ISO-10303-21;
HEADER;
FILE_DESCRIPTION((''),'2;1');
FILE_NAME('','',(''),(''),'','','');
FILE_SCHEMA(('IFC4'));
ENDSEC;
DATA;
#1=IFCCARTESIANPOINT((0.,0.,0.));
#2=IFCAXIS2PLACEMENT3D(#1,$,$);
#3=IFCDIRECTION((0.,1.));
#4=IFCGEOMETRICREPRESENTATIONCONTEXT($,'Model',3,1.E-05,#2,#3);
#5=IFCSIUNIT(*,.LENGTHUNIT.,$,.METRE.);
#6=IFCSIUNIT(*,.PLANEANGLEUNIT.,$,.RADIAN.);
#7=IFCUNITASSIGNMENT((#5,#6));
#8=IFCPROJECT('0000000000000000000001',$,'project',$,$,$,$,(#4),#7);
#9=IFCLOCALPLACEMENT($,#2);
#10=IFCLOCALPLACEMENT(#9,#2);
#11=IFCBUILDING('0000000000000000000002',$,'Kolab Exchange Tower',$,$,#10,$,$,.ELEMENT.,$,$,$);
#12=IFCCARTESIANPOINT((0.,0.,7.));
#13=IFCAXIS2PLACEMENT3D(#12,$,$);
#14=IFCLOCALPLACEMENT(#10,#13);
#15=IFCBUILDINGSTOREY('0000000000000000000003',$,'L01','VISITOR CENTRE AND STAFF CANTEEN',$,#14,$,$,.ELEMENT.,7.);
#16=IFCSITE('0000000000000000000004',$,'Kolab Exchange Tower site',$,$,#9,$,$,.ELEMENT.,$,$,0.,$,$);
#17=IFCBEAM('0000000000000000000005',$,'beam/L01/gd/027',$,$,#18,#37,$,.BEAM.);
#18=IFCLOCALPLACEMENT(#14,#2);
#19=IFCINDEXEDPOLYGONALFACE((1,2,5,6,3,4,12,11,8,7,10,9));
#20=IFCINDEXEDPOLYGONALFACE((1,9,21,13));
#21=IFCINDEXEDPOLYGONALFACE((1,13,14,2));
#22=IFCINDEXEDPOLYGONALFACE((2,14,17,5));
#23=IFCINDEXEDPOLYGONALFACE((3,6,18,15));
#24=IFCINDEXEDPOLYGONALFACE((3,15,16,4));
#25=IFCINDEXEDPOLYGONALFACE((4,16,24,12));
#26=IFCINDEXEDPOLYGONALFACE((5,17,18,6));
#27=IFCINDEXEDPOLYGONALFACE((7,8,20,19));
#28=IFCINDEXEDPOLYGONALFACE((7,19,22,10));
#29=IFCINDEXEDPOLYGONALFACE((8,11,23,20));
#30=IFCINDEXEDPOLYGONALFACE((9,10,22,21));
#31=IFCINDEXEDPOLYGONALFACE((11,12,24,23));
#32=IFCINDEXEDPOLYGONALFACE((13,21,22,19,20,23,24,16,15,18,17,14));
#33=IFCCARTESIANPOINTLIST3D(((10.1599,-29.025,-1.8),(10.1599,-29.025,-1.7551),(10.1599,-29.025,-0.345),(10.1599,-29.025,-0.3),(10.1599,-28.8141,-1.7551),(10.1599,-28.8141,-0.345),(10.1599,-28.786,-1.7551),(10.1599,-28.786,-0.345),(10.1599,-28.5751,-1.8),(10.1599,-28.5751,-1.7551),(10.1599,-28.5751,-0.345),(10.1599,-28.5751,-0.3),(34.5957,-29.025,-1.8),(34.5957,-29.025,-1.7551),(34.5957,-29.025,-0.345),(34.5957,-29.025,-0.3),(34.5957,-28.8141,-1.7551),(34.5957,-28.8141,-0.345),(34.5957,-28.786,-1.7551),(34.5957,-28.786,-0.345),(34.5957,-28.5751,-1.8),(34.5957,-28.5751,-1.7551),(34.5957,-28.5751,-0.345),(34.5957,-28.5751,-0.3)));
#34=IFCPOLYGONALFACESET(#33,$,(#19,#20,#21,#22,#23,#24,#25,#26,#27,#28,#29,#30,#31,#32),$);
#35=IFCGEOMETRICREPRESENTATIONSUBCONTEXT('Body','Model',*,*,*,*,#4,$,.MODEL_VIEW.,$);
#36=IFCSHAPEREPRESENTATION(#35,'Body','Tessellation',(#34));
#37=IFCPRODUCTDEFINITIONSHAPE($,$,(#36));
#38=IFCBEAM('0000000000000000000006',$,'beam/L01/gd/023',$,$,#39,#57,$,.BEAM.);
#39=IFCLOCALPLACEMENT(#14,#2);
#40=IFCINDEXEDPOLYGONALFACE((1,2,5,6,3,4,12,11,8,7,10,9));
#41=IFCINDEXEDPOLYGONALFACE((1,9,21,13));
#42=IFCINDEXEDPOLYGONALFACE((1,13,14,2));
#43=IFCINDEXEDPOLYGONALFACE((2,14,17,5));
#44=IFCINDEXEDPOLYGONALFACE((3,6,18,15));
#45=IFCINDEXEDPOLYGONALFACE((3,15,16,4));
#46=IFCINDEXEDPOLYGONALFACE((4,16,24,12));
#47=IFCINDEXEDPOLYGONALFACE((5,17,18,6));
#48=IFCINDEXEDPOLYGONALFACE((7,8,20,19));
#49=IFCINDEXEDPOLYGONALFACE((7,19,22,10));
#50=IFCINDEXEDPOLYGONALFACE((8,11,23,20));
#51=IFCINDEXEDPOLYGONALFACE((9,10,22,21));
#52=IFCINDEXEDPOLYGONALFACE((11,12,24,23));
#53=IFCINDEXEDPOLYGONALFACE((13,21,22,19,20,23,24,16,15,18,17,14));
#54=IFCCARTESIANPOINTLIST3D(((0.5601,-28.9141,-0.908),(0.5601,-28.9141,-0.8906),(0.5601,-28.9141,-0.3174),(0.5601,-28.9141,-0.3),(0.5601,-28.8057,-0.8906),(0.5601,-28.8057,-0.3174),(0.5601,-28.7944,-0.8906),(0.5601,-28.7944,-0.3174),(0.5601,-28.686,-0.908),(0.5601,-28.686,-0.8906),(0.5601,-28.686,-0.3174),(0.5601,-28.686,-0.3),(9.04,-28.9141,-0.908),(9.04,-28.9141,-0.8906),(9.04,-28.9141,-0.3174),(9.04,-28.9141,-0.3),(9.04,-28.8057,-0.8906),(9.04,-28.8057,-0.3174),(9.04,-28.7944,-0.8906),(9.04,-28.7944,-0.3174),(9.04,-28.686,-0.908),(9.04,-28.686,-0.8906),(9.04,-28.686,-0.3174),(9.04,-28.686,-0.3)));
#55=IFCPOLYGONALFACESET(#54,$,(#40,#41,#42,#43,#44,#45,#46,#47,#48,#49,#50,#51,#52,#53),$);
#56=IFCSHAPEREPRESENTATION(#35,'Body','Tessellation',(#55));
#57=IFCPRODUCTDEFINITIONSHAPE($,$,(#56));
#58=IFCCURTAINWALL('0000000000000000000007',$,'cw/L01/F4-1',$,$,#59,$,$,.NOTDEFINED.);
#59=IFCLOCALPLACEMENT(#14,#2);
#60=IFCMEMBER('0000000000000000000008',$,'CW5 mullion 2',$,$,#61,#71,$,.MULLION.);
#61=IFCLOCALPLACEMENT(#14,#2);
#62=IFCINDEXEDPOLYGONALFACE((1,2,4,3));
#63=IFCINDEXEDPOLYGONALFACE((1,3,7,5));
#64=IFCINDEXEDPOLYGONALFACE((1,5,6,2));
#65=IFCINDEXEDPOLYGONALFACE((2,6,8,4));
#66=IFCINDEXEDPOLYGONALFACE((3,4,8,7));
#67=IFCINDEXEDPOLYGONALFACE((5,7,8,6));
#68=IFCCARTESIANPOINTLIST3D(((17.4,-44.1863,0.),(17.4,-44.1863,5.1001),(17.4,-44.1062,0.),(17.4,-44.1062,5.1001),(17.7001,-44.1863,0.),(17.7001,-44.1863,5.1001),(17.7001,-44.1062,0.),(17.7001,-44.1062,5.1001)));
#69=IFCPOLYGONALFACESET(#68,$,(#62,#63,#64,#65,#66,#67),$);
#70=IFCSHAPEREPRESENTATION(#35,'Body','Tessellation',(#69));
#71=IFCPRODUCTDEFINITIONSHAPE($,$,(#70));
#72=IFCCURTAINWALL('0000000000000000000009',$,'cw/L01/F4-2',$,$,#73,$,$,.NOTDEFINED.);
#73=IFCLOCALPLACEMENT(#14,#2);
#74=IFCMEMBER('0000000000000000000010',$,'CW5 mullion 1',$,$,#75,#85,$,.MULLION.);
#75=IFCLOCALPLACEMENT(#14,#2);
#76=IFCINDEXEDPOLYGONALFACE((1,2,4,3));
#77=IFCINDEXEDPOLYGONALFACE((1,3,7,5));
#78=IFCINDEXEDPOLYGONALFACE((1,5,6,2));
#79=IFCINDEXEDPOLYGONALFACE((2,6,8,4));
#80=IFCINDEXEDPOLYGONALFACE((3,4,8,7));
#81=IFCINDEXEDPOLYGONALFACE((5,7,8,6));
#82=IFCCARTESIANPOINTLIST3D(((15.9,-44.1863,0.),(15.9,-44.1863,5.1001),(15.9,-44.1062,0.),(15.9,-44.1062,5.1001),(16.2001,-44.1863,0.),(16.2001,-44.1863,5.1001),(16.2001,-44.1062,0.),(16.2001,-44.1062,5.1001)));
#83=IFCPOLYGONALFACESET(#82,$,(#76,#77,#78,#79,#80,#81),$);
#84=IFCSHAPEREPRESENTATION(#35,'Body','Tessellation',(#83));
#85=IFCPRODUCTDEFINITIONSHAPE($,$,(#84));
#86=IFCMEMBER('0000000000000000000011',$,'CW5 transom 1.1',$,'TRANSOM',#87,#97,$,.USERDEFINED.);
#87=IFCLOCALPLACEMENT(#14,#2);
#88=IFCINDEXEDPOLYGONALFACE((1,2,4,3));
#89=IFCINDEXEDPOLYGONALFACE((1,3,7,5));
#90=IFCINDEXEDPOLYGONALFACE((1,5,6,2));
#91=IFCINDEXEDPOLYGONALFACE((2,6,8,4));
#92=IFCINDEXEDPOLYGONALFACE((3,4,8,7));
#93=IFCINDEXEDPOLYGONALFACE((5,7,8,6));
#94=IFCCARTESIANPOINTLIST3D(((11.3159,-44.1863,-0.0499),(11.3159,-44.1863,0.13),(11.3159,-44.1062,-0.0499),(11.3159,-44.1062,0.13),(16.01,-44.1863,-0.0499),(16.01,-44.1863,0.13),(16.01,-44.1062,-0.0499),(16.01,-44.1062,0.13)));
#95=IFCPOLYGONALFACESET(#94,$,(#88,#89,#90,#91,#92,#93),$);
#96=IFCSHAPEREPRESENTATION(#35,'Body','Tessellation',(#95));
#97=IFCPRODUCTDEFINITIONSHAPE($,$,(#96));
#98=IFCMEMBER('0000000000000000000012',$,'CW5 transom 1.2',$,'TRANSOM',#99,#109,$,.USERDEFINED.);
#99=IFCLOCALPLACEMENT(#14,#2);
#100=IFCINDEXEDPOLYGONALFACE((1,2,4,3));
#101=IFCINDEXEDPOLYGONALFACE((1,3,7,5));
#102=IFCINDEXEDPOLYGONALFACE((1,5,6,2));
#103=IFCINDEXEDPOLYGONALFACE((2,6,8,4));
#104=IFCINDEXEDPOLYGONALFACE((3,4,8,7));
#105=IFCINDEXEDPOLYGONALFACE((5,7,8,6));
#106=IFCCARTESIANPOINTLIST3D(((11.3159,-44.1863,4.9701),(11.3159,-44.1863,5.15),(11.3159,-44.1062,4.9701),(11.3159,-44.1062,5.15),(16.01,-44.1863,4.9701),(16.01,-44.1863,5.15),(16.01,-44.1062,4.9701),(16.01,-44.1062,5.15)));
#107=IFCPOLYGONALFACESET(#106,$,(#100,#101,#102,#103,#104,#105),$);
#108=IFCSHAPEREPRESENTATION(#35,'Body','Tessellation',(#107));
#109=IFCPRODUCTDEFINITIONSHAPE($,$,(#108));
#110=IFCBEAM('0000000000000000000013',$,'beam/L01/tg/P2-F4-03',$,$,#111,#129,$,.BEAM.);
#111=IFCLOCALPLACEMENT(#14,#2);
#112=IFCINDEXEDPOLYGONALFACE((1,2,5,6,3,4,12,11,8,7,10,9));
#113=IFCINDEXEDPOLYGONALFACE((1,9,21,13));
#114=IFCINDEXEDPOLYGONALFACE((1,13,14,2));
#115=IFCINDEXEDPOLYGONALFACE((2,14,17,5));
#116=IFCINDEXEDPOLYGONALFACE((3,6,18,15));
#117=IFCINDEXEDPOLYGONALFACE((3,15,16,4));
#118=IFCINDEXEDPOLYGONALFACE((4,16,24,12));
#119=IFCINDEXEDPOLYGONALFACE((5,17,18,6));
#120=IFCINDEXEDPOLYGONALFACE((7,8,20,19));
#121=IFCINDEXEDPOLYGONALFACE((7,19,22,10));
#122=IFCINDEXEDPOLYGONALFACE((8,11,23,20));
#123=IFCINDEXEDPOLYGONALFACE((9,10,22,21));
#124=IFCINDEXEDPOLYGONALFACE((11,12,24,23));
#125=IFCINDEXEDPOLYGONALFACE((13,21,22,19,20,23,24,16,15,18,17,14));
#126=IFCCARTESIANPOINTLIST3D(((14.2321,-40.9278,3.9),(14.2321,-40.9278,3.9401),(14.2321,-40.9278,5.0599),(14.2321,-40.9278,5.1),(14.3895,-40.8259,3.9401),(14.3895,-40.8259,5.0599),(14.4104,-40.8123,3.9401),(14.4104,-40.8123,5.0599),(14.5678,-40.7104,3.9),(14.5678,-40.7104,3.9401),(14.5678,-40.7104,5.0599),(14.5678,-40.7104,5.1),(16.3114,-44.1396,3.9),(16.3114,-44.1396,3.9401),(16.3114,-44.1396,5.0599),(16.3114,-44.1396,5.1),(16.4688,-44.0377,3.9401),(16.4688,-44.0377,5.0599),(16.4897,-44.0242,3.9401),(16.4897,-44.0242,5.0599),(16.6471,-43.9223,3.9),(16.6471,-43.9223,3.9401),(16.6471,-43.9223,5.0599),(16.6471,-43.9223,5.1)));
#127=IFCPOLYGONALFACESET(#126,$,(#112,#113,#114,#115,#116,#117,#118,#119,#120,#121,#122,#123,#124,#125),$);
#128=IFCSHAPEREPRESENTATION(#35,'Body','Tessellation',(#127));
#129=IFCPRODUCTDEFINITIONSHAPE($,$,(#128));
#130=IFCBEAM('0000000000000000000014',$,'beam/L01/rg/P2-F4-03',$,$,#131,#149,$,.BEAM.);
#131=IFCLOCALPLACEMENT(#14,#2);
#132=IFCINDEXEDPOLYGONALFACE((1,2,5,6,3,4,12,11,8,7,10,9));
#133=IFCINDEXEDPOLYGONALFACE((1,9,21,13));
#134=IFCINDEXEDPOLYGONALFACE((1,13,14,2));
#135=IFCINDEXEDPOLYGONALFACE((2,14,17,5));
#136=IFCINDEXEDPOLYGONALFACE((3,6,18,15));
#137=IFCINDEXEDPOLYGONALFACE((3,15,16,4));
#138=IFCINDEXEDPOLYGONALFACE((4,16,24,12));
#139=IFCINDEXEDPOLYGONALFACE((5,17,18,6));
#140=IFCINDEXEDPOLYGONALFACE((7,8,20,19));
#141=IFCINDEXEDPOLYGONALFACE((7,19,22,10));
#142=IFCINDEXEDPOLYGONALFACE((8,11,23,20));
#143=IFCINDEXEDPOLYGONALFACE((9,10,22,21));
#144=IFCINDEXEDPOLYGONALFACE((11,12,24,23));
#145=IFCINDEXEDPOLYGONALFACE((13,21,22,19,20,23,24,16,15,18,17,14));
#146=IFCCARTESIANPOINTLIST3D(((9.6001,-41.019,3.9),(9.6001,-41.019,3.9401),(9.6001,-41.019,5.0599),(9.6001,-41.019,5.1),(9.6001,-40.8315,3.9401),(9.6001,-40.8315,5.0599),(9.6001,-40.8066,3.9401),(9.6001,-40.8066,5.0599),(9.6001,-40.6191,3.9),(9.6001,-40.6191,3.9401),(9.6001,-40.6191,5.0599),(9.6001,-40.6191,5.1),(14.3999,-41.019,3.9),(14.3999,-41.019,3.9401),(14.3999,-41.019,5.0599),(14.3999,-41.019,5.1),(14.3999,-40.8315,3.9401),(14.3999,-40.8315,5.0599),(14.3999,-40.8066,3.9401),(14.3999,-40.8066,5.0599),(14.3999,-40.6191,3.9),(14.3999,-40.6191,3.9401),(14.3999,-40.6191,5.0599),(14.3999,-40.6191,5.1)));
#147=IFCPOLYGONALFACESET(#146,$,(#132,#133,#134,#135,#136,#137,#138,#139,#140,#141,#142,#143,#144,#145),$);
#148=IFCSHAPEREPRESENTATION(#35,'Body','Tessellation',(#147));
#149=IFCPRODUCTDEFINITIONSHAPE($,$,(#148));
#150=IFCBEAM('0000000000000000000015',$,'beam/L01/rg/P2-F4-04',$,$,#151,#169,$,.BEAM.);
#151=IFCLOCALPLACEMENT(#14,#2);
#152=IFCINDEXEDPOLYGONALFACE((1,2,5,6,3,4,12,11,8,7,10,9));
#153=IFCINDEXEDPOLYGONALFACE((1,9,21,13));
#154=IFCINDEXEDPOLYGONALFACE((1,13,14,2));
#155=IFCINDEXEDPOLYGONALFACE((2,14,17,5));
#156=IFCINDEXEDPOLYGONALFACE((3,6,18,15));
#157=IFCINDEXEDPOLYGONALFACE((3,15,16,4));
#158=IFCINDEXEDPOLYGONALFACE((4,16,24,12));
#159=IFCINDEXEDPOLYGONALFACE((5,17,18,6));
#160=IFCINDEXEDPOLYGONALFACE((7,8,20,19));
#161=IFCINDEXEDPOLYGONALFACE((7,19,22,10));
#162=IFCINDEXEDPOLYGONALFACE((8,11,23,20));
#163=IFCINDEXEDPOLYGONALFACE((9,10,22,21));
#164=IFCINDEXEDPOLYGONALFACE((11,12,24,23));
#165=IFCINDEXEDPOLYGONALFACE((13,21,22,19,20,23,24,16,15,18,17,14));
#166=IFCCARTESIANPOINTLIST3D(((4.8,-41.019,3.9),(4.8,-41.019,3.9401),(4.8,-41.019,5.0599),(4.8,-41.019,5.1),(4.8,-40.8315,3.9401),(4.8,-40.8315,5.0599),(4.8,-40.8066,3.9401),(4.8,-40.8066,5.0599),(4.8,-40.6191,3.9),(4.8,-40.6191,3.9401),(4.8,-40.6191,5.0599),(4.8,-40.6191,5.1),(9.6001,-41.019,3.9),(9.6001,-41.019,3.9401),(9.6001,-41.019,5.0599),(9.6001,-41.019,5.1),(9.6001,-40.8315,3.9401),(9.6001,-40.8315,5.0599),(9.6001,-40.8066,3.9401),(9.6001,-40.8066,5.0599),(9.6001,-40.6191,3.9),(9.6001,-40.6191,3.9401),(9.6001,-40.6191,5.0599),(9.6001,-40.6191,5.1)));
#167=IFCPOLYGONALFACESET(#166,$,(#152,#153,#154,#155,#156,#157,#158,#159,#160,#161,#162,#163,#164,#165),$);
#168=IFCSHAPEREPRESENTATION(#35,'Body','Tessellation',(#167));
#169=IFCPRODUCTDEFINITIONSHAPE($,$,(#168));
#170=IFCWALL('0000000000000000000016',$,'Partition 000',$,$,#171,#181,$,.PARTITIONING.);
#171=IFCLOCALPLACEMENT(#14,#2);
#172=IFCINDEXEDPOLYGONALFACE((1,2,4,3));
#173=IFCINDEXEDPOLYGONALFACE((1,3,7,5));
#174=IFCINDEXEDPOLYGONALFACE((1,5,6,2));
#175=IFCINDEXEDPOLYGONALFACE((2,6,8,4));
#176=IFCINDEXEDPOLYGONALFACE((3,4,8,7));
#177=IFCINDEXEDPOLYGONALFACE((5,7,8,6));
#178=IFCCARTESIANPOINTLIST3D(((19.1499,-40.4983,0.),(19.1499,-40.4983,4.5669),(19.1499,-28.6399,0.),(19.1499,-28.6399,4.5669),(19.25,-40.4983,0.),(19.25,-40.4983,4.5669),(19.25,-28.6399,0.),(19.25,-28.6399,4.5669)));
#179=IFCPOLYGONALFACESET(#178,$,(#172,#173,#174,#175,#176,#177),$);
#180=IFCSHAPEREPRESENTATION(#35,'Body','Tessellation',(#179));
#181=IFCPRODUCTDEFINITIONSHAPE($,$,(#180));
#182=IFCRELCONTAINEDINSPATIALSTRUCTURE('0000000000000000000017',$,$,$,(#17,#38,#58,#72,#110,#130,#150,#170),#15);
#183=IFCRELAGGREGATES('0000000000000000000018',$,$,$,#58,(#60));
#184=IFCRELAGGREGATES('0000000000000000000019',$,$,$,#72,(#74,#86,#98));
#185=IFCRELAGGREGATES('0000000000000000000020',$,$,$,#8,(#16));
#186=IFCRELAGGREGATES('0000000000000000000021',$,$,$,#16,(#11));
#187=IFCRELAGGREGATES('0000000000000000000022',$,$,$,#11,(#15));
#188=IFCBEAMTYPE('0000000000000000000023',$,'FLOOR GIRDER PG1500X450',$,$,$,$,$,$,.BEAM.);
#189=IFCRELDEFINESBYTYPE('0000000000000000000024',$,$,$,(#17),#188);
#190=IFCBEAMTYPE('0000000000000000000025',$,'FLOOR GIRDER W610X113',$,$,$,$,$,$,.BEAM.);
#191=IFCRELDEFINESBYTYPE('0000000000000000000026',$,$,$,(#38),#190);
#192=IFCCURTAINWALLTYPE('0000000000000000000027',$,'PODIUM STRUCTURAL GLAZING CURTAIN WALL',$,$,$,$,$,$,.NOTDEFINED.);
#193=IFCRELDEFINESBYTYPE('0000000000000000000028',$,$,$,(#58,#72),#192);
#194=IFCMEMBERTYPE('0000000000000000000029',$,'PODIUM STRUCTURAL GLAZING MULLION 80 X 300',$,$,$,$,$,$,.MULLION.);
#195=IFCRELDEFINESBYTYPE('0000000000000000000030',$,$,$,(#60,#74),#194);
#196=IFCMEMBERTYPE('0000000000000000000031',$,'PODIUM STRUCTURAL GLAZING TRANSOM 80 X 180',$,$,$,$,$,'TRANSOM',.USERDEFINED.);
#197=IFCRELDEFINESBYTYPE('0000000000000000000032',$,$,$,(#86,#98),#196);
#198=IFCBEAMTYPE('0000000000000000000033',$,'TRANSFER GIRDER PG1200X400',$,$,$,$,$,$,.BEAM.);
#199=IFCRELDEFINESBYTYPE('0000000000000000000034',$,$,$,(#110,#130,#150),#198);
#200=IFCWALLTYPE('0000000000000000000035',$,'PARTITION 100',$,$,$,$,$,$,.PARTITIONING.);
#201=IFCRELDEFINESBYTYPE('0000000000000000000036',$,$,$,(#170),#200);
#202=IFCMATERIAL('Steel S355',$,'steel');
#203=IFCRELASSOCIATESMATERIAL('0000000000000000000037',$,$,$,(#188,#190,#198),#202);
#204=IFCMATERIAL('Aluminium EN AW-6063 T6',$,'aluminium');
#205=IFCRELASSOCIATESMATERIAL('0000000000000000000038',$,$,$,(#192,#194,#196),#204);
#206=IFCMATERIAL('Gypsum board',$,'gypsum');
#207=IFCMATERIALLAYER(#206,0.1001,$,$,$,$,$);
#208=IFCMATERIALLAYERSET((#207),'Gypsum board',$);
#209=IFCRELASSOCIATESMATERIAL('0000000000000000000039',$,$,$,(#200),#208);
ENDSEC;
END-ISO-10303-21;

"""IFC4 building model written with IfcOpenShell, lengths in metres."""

from ifc_helpers import new_model, si_unit, direction, frame, frame_2d, origin, origin_2d, place, context, subcontext, project, spatial, rectangle, i_section, extrude, material, layer, layer_set, material_profile, profile_set, type_object, element, aggregate, save


model = new_model("IFC4")

# Units and contexts
model_context = context("Model", 3, precision=1e-05, world=origin(), true_north=direction((0.0, 1.0)))
body_context = subcontext(model_context, "Body", "Model", "MODEL_VIEW")
ifc_project = project(units=[si_unit("LENGTHUNIT", "METRE"), si_unit("PLANEANGLEUNIT", "RADIAN")], contexts=[model_context])

# Site, building, storey
site_placement = place(None, origin())
site = spatial("IfcSite", under=ifc_project, at=site_placement, Name="Kolab Exchange Tower site", CompositionType="ELEMENT", RefElevation=0.0)
building_placement = place(site_placement, origin())
building = spatial("IfcBuilding", under=site, at=building_placement, Name="Kolab Exchange Tower", CompositionType="ELEMENT")
storey_placement = place(building_placement, frame((0.0, 0.0, 7.0)))
storey = spatial("IfcBuildingStorey", under=building, at=storey_placement, Name="L01", Description="VISITOR CENTRE AND STAFF CANTEEN", CompositionType="ELEMENT", Elevation=7.0)

# Beams
ifc_material_1 = material(Name="Steel S355", Category="steel")
ifc_material_profile_1 = material_profile(ifc_material_1, i_section(OverallWidth=0.45, OverallDepth=1.5, WebThickness=0.0281, FlangeThickness=0.0449, at=origin_2d()), Name="PG1500X450")
ifc_profile_set_1 = profile_set([ifc_material_profile_1], Name="Steel S355")
beam_type_1 = type_object("IfcBeamType", Name="FLOOR GIRDER PG1500X450", PredefinedType="BEAM", material=ifc_profile_set_1)
beam_1_placement = place(storey_placement, frame((10.1599, -28.8, -1.05), z_axis=(1.0, 0.0, 0.0), x_axis=(0.0, 1.0, 0.0)))
element("IfcBeam", 1, at=beam_1_placement, inside=storey, type_object=beam_type_1, Name="beam/L01/gd/027", PredefinedType="BEAM", context=body_context, shape_type="SweptSolid", body=[
    extrude(i_section(OverallWidth=0.45, OverallDepth=1.5, WebThickness=0.0281, FlangeThickness=0.0449, at=origin_2d()), origin(), (0.0, 0.0, 1.0), 24.4358),
])
ifc_material_profile_2 = material_profile(ifc_material_1, i_section(OverallWidth=0.228, OverallDepth=0.6079, WebThickness=0.0112, FlangeThickness=0.0173, at=origin_2d()), Name="W610X113")
ifc_profile_set_2 = profile_set([ifc_material_profile_2], Name="Steel S355")
beam_type_2 = type_object("IfcBeamType", Name="FLOOR GIRDER W610X113", PredefinedType="BEAM", material=ifc_profile_set_2)
beam_2_placement = place(storey_placement, frame((0.5601, -28.8, -0.604), z_axis=(1.0, 0.0, 0.0), x_axis=(0.0, 1.0, 0.0)))
element("IfcBeam", 2, at=beam_2_placement, inside=storey, type_object=beam_type_2, Name="beam/L01/gd/023", PredefinedType="BEAM", context=body_context, shape_type="SweptSolid", body=[
    extrude(i_section(OverallWidth=0.228, OverallDepth=0.6079, WebThickness=0.0112, FlangeThickness=0.0173, at=origin_2d()), origin(), (0.0, 0.0, 1.0), 8.48),
])

# Curtain wall, member
ifc_material_2 = material(Name="Aluminium EN AW-6063 T6", Category="aluminium")
curtain_wall_type = type_object("IfcCurtainWallType", Name="PODIUM STRUCTURAL GLAZING CURTAIN WALL", PredefinedType="NOTDEFINED", material=ifc_material_2)
curtain_wall_1_placement = place(storey_placement, origin())
curtain_wall_1 = element("IfcCurtainWall", 3, at=curtain_wall_1_placement, inside=storey, type_object=curtain_wall_type, Name="cw/L01/F4-1", PredefinedType="NOTDEFINED")
ifc_material_profile_3 = material_profile(ifc_material_2, rectangle(XDim=0.0801, YDim=0.3, at=origin_2d()), Name="RECT 80X300")
ifc_profile_set_3 = profile_set([ifc_material_profile_3], Name="Aluminium EN AW-6063 T6")
member_type_1 = type_object("IfcMemberType", Name="PODIUM STRUCTURAL GLAZING MULLION 80 X 300", PredefinedType="MULLION", material=ifc_profile_set_3)
member_1_placement = place(storey_placement, frame((17.55, -44.1462, 0.0), z_axis=(0.0, 0.0, 1.0), x_axis=(0.0, -1.0, 0.0)))
member_1 = element("IfcMember", 4, at=member_1_placement, type_object=member_type_1, Name="CW5 mullion 2", PredefinedType="MULLION", context=body_context, shape_type="SweptSolid", body=[
    extrude(rectangle(XDim=0.0801, YDim=0.3, at=origin_2d()), origin(), (0.0, 0.0, 1.0), 5.1001),
])
aggregate(curtain_wall_1, [member_1])

# Curtain wall, members
curtain_wall_2_placement = place(storey_placement, origin())
curtain_wall_2 = element("IfcCurtainWall", 5, at=curtain_wall_2_placement, inside=storey, type_object=curtain_wall_type, Name="cw/L01/F4-2", PredefinedType="NOTDEFINED")
member_2_placement = place(storey_placement, frame((16.05, -44.1462, 0.0), z_axis=(0.0, 0.0, 1.0), x_axis=(0.0, -1.0, 0.0)))
member_2 = element("IfcMember", 6, at=member_2_placement, type_object=member_type_1, Name="CW5 mullion 1", PredefinedType="MULLION", context=body_context, shape_type="SweptSolid", body=[
    extrude(rectangle(XDim=0.0801, YDim=0.3, at=origin_2d()), origin(), (0.0, 0.0, 1.0), 5.1001),
])
ifc_material_profile_4 = material_profile(ifc_material_2, rectangle(XDim=0.0801, YDim=0.1799, at=origin_2d()), Name="RECT 80X180")
ifc_profile_set_4 = profile_set([ifc_material_profile_4], Name="Aluminium EN AW-6063 T6")
member_type_2 = type_object("IfcMemberType", Name="PODIUM STRUCTURAL GLAZING TRANSOM 80 X 180", ElementType="TRANSOM", PredefinedType="USERDEFINED", material=ifc_profile_set_4)
member_3_placement = place(storey_placement, frame((16.01, -44.1462, 0.04), z_axis=(-1.0, 0.0, 0.0), x_axis=(0.0, -1.0, 0.0)))
member_3 = element("IfcMember", 7, at=member_3_placement, type_object=member_type_2, Name="CW5 transom 1.1", ObjectType="TRANSOM", PredefinedType="USERDEFINED", context=body_context, shape_type="SweptSolid", body=[
    extrude(rectangle(XDim=0.0801, YDim=0.1799, at=origin_2d()), origin(), (0.0, 0.0, 1.0), 4.6941),
])
member_4_placement = place(storey_placement, frame((16.01, -44.1462, 5.0601), z_axis=(-1.0, 0.0, 0.0), x_axis=(0.0, -1.0, 0.0)))
member_4 = element("IfcMember", 8, at=member_4_placement, type_object=member_type_2, Name="CW5 transom 1.2", ObjectType="TRANSOM", PredefinedType="USERDEFINED", context=body_context, shape_type="SweptSolid", body=[
    extrude(rectangle(XDim=0.0801, YDim=0.1799, at=origin_2d()), origin(), (0.0, 0.0, 1.0), 4.6941),
])
aggregate(curtain_wall_2, [member_2, member_3, member_4])

# Beams
ifc_material_profile_5 = material_profile(ifc_material_1, i_section(OverallWidth=0.3999, OverallDepth=1.2, WebThickness=0.0249, FlangeThickness=0.04, at=origin_2d()), Name="PG1200X400")
ifc_profile_set_5 = profile_set([ifc_material_profile_5], Name="Steel S355")
beam_type_3 = type_object("IfcBeamType", Name="TRANSFER GIRDER PG1200X400", PredefinedType="BEAM", material=ifc_profile_set_5)
beam_3_placement = place(storey_placement, frame((14.3999, -40.8191, 4.5), z_axis=(0.543444, -0.839445, 0.0), x_axis=(0.839445, 0.543444, 0.0)))
element("IfcBeam", 9, at=beam_3_placement, inside=storey, type_object=beam_type_3, Name="beam/L01/tg/P2-F4-03", PredefinedType="BEAM", context=body_context, shape_type="SweptSolid", body=[
    extrude(i_section(OverallWidth=0.3999, OverallDepth=1.2, WebThickness=0.0249, FlangeThickness=0.04, at=origin_2d()), origin(), (0.0, 0.0, 1.0), 3.8262),
])
beam_4_placement = place(storey_placement, frame((14.3999, -40.8191, 4.5), z_axis=(-1.0, 0.0, 0.0), x_axis=(0.0, -1.0, 0.0)))
element("IfcBeam", 10, at=beam_4_placement, inside=storey, type_object=beam_type_3, Name="beam/L01/rg/P2-F4-03", PredefinedType="BEAM", context=body_context, shape_type="SweptSolid", body=[
    extrude(i_section(OverallWidth=0.3999, OverallDepth=1.2, WebThickness=0.0249, FlangeThickness=0.04, at=origin_2d()), origin(), (0.0, 0.0, 1.0), 4.7998),
])
beam_5_placement = place(storey_placement, frame((9.6001, -40.8191, 4.5), z_axis=(-1.0, 0.0, 0.0), x_axis=(0.0, -1.0, 0.0)))
element("IfcBeam", 11, at=beam_5_placement, inside=storey, type_object=beam_type_3, Name="beam/L01/rg/P2-F4-04", PredefinedType="BEAM", context=body_context, shape_type="SweptSolid", body=[
    extrude(i_section(OverallWidth=0.3999, OverallDepth=1.2, WebThickness=0.0249, FlangeThickness=0.04, at=origin_2d()), origin(), (0.0, 0.0, 1.0), 4.8),
])

# Wall
ifc_material_3 = material(Name="Gypsum board", Category="gypsum")
ifc_layer = layer(ifc_material_3, 0.1001)
ifc_layer_set = layer_set([ifc_layer], Name="Gypsum board")
wall_type = type_object("IfcWallType", Name="PARTITION 100", PredefinedType="PARTITIONING", material=ifc_layer_set)
wall_1_placement = place(storey_placement, frame((19.2, -40.4983, 0.0), z_axis=(0.0, 0.0, 1.0), x_axis=(0.0, 1.0, 0.0)))
element("IfcWall", 12, at=wall_1_placement, inside=storey, type_object=wall_type, Name="Partition 000", PredefinedType="PARTITIONING", context=body_context, shape_type="SweptSolid", body=[
    extrude(rectangle(XDim=11.8584, YDim=0.1001, at=frame_2d((5.9292, 0.0))), origin(), (0.0, 0.0, 1.0), 4.5669),
])

save(model, "model.ifc")
